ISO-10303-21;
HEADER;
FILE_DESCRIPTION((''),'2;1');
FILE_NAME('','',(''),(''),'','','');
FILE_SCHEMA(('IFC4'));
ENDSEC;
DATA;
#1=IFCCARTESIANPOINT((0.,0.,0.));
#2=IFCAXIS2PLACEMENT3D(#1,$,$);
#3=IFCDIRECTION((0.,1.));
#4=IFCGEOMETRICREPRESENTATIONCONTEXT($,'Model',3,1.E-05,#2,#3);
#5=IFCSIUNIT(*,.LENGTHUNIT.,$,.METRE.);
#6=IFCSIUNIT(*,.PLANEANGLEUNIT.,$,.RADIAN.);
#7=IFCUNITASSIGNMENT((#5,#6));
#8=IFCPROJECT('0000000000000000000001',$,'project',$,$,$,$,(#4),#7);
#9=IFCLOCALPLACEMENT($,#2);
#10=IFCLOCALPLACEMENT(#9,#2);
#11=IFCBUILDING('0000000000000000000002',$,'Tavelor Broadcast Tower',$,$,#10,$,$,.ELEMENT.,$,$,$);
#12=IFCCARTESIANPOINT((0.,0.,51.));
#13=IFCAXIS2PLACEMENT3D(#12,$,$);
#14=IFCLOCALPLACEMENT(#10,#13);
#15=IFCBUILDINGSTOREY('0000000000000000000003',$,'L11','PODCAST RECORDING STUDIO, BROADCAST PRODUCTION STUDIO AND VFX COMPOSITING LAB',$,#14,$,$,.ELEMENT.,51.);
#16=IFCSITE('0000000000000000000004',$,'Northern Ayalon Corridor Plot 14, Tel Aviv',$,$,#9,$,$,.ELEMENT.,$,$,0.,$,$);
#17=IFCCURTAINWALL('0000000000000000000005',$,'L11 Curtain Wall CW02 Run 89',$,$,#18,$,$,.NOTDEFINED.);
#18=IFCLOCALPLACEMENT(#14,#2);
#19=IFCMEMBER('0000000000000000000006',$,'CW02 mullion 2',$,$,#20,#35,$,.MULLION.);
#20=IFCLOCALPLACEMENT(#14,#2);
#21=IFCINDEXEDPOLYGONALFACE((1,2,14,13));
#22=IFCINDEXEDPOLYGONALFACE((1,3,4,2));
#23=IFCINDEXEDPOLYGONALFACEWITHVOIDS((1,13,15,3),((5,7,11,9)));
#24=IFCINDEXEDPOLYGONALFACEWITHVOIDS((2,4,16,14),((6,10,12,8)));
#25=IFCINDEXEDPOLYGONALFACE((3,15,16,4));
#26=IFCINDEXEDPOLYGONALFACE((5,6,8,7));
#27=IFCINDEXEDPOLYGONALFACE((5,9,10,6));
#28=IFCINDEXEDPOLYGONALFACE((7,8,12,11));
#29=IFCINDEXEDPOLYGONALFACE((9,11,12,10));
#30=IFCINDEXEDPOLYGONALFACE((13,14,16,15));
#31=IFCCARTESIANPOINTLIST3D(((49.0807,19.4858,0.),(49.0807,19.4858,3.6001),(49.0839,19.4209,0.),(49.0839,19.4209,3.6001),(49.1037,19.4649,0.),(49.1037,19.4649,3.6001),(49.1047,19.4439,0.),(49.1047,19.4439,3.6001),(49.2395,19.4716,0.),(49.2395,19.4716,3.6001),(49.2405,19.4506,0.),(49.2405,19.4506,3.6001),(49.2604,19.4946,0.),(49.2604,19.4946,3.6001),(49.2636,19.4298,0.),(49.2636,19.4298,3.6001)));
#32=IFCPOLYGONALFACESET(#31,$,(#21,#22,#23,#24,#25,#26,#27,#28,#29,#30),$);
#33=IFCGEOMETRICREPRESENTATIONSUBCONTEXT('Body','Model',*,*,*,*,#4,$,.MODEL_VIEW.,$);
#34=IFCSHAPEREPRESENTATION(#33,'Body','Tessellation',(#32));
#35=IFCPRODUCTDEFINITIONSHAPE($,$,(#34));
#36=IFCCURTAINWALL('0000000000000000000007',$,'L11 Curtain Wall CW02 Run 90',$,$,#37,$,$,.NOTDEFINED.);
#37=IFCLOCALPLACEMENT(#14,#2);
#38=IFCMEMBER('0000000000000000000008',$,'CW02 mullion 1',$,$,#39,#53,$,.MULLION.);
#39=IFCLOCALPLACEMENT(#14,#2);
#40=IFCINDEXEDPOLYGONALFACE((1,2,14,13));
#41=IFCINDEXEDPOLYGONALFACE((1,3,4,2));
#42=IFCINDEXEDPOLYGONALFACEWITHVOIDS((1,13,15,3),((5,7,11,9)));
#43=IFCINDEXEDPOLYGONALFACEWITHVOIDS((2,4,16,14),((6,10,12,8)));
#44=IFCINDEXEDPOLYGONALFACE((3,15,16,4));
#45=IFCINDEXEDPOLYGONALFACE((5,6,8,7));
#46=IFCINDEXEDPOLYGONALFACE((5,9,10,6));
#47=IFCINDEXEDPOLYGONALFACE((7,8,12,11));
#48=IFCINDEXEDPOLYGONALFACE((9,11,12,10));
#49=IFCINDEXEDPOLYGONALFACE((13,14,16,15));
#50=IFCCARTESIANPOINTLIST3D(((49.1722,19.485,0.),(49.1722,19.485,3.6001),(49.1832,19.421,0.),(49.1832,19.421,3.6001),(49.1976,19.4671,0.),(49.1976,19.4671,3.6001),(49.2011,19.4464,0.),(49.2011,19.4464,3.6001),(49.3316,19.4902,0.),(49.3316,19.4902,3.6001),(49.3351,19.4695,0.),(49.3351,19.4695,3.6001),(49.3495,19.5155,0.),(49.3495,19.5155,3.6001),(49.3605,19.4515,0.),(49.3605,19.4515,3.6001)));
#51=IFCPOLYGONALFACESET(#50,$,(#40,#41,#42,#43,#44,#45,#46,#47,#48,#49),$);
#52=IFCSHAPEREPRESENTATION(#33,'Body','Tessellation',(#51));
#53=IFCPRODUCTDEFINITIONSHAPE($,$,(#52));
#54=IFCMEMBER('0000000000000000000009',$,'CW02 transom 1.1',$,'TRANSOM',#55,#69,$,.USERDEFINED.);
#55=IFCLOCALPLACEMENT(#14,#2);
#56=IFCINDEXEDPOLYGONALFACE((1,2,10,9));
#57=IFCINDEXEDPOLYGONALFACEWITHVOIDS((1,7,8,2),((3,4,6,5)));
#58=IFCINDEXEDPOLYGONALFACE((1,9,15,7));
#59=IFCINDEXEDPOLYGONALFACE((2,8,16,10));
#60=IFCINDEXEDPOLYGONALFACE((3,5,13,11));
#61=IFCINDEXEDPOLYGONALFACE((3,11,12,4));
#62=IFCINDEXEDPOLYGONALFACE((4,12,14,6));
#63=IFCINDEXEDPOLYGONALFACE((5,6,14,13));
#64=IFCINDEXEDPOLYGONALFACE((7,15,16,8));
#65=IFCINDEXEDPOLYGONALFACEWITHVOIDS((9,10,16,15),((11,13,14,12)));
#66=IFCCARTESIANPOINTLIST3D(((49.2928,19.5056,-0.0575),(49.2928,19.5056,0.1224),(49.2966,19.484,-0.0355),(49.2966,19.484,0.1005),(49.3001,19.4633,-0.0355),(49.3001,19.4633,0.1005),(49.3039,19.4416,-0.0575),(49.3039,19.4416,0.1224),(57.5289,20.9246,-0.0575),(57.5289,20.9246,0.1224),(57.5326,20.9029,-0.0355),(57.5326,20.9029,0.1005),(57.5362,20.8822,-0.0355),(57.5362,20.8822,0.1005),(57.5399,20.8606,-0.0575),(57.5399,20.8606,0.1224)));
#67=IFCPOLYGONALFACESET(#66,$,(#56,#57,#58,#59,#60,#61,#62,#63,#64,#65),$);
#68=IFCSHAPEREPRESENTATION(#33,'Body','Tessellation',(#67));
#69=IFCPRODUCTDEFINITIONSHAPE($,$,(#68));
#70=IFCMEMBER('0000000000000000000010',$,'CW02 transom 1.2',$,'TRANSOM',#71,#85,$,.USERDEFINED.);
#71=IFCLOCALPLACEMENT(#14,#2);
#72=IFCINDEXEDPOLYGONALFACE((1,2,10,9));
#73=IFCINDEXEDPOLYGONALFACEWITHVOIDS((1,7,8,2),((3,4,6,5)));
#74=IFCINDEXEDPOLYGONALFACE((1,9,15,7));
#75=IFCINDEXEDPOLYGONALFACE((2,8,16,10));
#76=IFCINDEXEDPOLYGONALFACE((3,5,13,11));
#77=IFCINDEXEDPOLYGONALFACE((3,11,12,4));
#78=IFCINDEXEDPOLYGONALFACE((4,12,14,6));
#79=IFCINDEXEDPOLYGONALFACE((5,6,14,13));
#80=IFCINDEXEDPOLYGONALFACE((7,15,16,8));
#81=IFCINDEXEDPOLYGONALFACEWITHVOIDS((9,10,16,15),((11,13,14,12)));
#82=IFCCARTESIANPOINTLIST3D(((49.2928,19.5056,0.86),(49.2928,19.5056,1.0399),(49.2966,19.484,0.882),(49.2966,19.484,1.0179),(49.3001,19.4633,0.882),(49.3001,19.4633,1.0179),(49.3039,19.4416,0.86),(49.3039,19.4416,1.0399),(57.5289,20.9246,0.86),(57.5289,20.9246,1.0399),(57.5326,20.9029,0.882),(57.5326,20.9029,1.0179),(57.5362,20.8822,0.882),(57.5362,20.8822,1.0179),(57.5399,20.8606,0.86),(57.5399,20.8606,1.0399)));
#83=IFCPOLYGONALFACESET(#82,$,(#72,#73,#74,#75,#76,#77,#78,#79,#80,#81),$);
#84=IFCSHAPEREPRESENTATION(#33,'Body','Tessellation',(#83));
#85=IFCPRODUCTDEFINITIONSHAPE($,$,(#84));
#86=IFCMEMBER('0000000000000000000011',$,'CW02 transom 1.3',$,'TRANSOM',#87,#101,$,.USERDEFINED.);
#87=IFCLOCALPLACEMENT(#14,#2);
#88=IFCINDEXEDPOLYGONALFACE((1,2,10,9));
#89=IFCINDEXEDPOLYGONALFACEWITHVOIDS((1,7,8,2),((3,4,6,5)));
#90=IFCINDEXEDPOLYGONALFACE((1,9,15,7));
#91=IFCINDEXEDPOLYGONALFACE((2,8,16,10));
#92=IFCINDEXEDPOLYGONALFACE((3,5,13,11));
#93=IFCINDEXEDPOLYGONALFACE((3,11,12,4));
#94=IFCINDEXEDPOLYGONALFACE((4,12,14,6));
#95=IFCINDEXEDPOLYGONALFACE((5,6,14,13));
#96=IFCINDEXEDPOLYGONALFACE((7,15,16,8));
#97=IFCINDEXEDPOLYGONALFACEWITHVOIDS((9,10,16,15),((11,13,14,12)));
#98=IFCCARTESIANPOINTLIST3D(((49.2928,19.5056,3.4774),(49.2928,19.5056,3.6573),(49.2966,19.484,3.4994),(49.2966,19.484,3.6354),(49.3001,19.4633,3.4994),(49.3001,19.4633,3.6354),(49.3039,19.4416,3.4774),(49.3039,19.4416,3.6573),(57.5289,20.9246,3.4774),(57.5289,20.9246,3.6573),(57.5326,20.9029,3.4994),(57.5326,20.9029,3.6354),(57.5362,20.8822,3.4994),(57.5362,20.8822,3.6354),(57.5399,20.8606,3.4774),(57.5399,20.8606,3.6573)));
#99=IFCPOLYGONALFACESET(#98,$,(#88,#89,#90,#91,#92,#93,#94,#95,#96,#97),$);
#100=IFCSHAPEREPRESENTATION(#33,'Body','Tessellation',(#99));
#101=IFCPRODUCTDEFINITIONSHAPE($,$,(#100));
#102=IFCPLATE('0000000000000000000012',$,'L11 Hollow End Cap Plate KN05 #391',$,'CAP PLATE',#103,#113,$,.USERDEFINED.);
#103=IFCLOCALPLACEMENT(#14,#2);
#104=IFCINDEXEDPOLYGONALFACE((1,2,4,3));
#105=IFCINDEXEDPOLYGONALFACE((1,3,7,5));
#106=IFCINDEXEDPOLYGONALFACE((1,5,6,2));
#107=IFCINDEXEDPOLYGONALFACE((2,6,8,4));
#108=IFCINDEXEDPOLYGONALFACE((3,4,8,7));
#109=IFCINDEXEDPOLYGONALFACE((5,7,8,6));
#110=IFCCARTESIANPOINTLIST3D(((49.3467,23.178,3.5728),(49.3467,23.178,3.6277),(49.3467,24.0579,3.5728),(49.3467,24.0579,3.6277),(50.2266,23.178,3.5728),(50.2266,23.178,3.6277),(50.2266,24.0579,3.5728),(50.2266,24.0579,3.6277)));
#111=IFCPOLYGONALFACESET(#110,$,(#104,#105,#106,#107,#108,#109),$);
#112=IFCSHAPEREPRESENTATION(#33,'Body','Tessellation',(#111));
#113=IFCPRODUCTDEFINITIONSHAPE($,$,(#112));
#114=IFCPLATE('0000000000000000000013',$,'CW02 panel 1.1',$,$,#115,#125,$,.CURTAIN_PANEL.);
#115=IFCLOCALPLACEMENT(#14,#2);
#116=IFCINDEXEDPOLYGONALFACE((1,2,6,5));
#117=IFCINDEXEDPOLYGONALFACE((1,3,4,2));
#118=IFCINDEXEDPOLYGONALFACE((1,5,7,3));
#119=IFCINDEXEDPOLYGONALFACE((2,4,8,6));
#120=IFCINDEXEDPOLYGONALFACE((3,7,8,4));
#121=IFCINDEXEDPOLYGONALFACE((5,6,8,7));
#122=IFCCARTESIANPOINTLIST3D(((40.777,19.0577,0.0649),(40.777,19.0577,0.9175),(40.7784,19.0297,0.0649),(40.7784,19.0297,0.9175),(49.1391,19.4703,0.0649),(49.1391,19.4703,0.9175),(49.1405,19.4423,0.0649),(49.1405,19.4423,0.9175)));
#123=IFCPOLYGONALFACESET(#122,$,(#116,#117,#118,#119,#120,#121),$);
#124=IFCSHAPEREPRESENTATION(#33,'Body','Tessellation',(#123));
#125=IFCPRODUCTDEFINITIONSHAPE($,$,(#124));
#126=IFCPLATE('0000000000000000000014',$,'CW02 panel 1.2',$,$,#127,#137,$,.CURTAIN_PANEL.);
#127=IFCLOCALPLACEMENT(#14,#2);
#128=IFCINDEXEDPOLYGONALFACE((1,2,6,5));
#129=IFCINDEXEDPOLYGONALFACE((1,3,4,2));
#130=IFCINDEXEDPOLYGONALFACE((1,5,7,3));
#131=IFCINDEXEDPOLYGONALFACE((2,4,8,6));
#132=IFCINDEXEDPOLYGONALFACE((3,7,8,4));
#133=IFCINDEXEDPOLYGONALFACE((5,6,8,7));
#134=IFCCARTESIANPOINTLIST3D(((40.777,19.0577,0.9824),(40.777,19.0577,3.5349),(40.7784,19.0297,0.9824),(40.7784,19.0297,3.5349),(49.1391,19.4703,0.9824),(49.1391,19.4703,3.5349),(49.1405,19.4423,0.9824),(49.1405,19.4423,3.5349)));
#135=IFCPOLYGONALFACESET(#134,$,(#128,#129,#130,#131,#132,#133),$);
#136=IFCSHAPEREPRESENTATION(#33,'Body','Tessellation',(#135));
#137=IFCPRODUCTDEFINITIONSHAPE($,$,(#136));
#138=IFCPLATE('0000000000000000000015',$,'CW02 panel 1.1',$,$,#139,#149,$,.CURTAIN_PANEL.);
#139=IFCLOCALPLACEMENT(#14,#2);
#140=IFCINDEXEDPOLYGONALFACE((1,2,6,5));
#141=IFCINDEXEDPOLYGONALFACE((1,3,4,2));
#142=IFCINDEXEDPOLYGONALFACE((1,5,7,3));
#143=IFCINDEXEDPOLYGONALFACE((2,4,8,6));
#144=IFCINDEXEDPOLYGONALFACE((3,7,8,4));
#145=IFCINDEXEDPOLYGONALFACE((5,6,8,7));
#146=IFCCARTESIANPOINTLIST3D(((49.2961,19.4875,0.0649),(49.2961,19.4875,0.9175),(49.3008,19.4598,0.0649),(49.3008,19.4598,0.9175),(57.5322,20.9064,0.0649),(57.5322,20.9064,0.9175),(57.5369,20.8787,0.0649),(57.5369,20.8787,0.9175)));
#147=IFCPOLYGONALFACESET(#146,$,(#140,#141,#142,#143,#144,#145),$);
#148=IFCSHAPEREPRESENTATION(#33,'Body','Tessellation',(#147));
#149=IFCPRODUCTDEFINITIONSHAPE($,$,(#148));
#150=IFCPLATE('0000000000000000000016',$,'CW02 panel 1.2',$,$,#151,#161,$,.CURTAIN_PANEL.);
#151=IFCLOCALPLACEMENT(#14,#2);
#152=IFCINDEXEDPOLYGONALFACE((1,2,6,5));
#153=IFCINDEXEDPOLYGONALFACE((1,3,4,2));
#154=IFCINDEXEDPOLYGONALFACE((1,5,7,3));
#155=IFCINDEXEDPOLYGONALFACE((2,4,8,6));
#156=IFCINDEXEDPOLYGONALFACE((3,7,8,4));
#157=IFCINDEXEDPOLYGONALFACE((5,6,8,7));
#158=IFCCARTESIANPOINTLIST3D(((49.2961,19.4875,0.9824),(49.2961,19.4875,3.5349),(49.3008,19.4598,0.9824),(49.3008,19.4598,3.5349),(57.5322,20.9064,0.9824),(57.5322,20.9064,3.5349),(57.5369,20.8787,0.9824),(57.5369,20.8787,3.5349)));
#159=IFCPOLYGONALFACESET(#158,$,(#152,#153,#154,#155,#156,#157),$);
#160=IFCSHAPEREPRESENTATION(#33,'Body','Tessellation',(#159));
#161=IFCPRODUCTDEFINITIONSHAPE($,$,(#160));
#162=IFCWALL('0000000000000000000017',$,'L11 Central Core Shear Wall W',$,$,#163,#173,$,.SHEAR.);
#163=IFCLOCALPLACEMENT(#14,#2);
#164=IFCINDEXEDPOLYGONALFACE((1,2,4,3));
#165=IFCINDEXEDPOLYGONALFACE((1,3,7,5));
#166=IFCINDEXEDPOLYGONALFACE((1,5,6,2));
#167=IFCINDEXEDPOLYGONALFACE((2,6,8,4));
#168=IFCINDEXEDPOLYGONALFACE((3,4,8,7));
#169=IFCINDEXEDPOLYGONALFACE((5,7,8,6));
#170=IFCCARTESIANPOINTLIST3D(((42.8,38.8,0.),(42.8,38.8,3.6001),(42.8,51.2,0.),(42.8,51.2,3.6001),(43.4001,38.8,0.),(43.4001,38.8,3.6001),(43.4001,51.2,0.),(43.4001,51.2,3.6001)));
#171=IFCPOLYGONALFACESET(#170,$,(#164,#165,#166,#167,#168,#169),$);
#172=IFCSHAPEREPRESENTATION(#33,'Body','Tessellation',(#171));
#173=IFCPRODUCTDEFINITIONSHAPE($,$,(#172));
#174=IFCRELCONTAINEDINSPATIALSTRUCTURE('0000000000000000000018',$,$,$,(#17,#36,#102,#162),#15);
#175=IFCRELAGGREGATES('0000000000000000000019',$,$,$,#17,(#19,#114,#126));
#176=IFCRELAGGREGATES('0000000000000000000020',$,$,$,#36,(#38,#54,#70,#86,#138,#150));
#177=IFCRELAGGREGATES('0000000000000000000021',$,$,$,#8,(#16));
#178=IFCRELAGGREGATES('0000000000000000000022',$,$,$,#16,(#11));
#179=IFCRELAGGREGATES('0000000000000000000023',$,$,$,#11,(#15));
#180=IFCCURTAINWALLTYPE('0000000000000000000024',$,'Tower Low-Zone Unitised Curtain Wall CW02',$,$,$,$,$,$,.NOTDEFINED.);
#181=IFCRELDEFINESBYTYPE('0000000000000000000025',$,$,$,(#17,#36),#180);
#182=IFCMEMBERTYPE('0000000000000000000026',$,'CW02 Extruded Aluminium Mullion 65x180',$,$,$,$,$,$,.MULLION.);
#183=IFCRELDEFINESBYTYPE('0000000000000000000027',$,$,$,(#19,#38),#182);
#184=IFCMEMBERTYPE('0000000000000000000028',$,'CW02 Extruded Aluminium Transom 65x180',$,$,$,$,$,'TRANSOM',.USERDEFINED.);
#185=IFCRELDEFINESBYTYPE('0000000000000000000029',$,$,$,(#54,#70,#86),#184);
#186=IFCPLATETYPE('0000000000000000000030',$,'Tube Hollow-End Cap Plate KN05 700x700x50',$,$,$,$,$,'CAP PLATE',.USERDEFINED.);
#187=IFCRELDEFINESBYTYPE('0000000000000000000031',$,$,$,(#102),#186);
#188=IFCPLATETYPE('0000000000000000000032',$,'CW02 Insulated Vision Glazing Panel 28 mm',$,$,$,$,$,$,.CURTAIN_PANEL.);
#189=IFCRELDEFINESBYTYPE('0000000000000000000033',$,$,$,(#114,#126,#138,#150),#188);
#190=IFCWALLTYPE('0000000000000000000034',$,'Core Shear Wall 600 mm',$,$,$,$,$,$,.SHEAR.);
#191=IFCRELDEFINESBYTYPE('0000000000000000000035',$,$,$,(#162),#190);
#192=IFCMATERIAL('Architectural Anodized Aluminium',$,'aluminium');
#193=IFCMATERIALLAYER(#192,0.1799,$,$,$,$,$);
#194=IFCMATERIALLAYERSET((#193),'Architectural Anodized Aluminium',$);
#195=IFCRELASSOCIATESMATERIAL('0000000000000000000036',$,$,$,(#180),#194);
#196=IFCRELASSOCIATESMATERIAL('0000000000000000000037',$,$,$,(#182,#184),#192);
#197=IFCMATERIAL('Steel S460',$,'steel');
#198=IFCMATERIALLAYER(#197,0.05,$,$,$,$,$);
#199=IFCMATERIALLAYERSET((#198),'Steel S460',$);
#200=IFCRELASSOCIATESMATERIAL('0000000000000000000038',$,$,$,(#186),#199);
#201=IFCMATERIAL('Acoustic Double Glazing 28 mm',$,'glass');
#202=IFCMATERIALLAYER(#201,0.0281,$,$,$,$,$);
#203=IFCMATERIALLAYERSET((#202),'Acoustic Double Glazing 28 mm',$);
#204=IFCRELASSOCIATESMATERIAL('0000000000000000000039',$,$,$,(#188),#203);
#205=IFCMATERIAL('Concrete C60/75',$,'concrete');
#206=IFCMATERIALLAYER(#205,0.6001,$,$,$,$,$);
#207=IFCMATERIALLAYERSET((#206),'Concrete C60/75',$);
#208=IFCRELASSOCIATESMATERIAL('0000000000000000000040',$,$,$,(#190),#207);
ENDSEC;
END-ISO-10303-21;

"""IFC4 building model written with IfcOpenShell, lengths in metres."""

from ifc_helpers import new_model, si_unit, direction, frame, frame_2d, origin, origin_2d, place, context, subcontext, project, spatial, rectangle, hollow_rectangle, extrude, source, transform, mapped, material, layer, layer_set, material_profile, profile_set, type_object, type_shapes, element, aggregate, save


model = new_model("IFC4")

# Units and contexts
model_context = context("Model", 3, precision=1e-05, world=origin(), true_north=direction((0.0, 1.0)))
body_context = subcontext(model_context, "Body", "Model", "MODEL_VIEW")
ifc_project = project(units=[si_unit("LENGTHUNIT", "METRE"), si_unit("PLANEANGLEUNIT", "RADIAN")], contexts=[model_context])

# Site, building, storey
site_placement = place(None, origin())
site = spatial("IfcSite", under=ifc_project, at=site_placement, Name="Northern Ayalon Corridor Plot 14, Tel Aviv", CompositionType="ELEMENT", RefElevation=0.0)
building_placement = place(site_placement, origin())
building = spatial("IfcBuilding", under=site, at=building_placement, Name="Tavelor Broadcast Tower", CompositionType="ELEMENT")
storey_placement = place(building_placement, frame((0.0, 0.0, 51.0)))
storey = spatial("IfcBuildingStorey", under=building, at=storey_placement, Name="L11", Description="PODCAST RECORDING STUDIO, BROADCAST PRODUCTION STUDIO AND VFX COMPOSITING LAB", CompositionType="ELEMENT", Elevation=51.0)

# Shared definitions
ifc_material_1 = material(Name="Steel S460", Category="steel")

# Curtain wall, member
ifc_material_2 = material(Name="Architectural Anodized Aluminium", Category="aluminium")
ifc_layer_1 = layer(ifc_material_2, 0.1799)
ifc_layer_set_1 = layer_set([ifc_layer_1], Name="Architectural Anodized Aluminium")
curtain_wall_type = type_object("IfcCurtainWallType", Name="Tower Low-Zone Unitised Curtain Wall CW02", PredefinedType="NOTDEFINED", material=ifc_layer_set_1)
curtain_wall_1_placement = place(storey_placement, origin())
curtain_wall_1 = element("IfcCurtainWall", 1, at=curtain_wall_1_placement, inside=storey, type_object=curtain_wall_type, Name="L11 Curtain Wall CW02 Run 89", PredefinedType="NOTDEFINED")
ifc_material_profile_1 = material_profile(ifc_material_2, hollow_rectangle(XDim=0.0649, YDim=0.1799, WallThickness=0.022, at=origin_2d()), Name="RHS 65x180x22")
ifc_profile_set_1 = profile_set([ifc_material_profile_1], Name="Architectural Anodized Aluminium")
member_type_1 = type_object("IfcMemberType", Name="CW02 Extruded Aluminium Mullion 65x180", PredefinedType="MULLION", material=ifc_profile_set_1)
shared_shape_1 = source(origin(), body_context, "Body", "SweptSolid", [
    extrude(hollow_rectangle(XDim=0.0649, YDim=0.1799, WallThickness=0.022, at=origin_2d()), origin(), (0.0, 0.0, 1.0), 3.6001),
])
type_shapes(member_type_1, [shared_shape_1])
member_1_placement = place(storey_placement, frame((49.1721, 19.4578, 0.0), z_axis=(0.0, 0.0, 1.0), x_axis=(-0.049281, 0.998785, 0.0)))
member_1 = element("IfcMember", 2, at=member_1_placement, type_object=member_type_1, Name="CW02 mullion 2", PredefinedType="MULLION", context=body_context, shape_type="MappedRepresentation", body=[
    mapped(shared_shape_1, transform((0.0, 0.0, 0.0), scale=1.0)),
])

# Curtain wall, members
curtain_wall_2_placement = place(storey_placement, origin())
curtain_wall_2 = element("IfcCurtainWall", 3, at=curtain_wall_2_placement, inside=storey, type_object=curtain_wall_type, Name="L11 Curtain Wall CW02 Run 90", PredefinedType="NOTDEFINED")
member_2_placement = place(storey_placement, frame((49.2664, 19.4683, 0.0), z_axis=(0.0, 0.0, 1.0), x_axis=(-0.169783, 0.985482, 0.0)))
member_2 = element("IfcMember", 4, at=member_2_placement, type_object=member_type_1, Name="CW02 mullion 1", PredefinedType="MULLION", context=body_context, shape_type="MappedRepresentation", body=[
    mapped(shared_shape_1, transform((0.0, 0.0, 0.0), scale=1.0)),
])
ifc_material_profile_2 = material_profile(ifc_material_2, hollow_rectangle(XDim=0.0649, YDim=0.1799, WallThickness=0.022, at=origin_2d()), Name="RHS 65x180x22")
ifc_profile_set_2 = profile_set([ifc_material_profile_2], Name="Architectural Anodized Aluminium")
member_type_2 = type_object("IfcMemberType", Name="CW02 Extruded Aluminium Transom 65x180", ElementType="TRANSOM", PredefinedType="USERDEFINED", material=ifc_profile_set_2)
shared_shape_2 = source(origin(), body_context, "Body", "SweptSolid", [
    extrude(hollow_rectangle(XDim=0.0649, YDim=0.1799, WallThickness=0.022, at=origin_2d()), origin(), (0.0, 0.0, 1.0), 8.3574),
])
type_shapes(member_type_2, [shared_shape_2])
member_3_placement = place(storey_placement, frame((49.2983, 19.4736, 0.0325), z_axis=(0.985482, 0.169783, 0.0), x_axis=(-0.169783, 0.985482, 0.0)))
member_3 = element("IfcMember", 5, at=member_3_placement, type_object=member_type_2, Name="CW02 transom 1.1", ObjectType="TRANSOM", PredefinedType="USERDEFINED", context=body_context, shape_type="MappedRepresentation", body=[
    mapped(shared_shape_2, transform((0.0, 0.0, 0.0), scale=1.0)),
])
member_4_placement = place(storey_placement, frame((49.2983, 19.4736, 0.95), z_axis=(0.985482, 0.169783, 0.0), x_axis=(-0.169783, 0.985482, 0.0)))
member_4 = element("IfcMember", 6, at=member_4_placement, type_object=member_type_2, Name="CW02 transom 1.2", ObjectType="TRANSOM", PredefinedType="USERDEFINED", context=body_context, shape_type="MappedRepresentation", body=[
    mapped(shared_shape_2, transform((0.0, 0.0, 0.0), scale=1.0)),
])
member_5_placement = place(storey_placement, frame((49.2983, 19.4736, 3.5674), z_axis=(0.985482, 0.169783, 0.0), x_axis=(-0.169783, 0.985482, 0.0)))
member_5 = element("IfcMember", 7, at=member_5_placement, type_object=member_type_2, Name="CW02 transom 1.3", ObjectType="TRANSOM", PredefinedType="USERDEFINED", context=body_context, shape_type="MappedRepresentation", body=[
    mapped(shared_shape_2, transform((0.0, 0.0, 0.0), scale=1.0)),
])

# Plates
ifc_layer_2 = layer(ifc_material_1, 0.05)
ifc_layer_set_2 = layer_set([ifc_layer_2], Name="Steel S460")
plate_type_1 = type_object("IfcPlateType", Name="Tube Hollow-End Cap Plate KN05 700x700x50", ElementType="CAP PLATE", PredefinedType="USERDEFINED", material=ifc_layer_set_2)
shared_shape_3 = source(origin(), body_context, "Body", "SweptSolid", [
    extrude(rectangle(XDim=0.8799, YDim=0.8799, at=origin_2d()), origin(), (0.0, 0.0, 1.0), 0.0549),
])
type_shapes(plate_type_1, [shared_shape_3])
plate_1_placement = place(storey_placement, frame((49.7866, 23.6179, 3.5728), z_axis=(0.0, 0.0, 1.0), x_axis=(1.0, 0.0, 0.0)))
element("IfcPlate", 8, at=plate_1_placement, inside=storey, type_object=plate_type_1, Name="L11 Hollow End Cap Plate KN05 #391", ObjectType="CAP PLATE", PredefinedType="USERDEFINED", context=body_context, shape_type="MappedRepresentation", body=[
    mapped(shared_shape_3, transform((0.0, 0.0, 0.0), scale=1.0)),
])
ifc_material_3 = material(Name="Acoustic Double Glazing 28 mm", Category="glass")
ifc_layer_3 = layer(ifc_material_3, 0.0281)
ifc_layer_set_3 = layer_set([ifc_layer_3], Name="Acoustic Double Glazing 28 mm")
plate_type_2 = type_object("IfcPlateType", Name="CW02 Insulated Vision Glazing Panel 28 mm", PredefinedType="CURTAIN_PANEL", material=ifc_layer_set_3)
shared_shape_4 = source(origin(), body_context, "Body", "SweptSolid", [
    extrude(rectangle(XDim=8.3723, YDim=0.0281, at=origin_2d()), origin(), (0.0, 0.0, 1.0), 0.8525),
])
plate_2_placement = place(storey_placement, frame((44.9587, 19.25, 0.0649), z_axis=(0.0, 0.0, 1.0), x_axis=(0.998785, 0.049281, 0.0)))
plate_2 = element("IfcPlate", 9, at=plate_2_placement, type_object=plate_type_2, Name="CW02 panel 1.1", PredefinedType="CURTAIN_PANEL", context=body_context, shape_type="MappedRepresentation", body=[
    mapped(shared_shape_4, transform((0.0, 0.0, 0.0), scale=1.0)),
])
shared_shape_5 = source(origin(), body_context, "Body", "SweptSolid", [
    extrude(rectangle(XDim=8.3723, YDim=0.0281, at=origin_2d()), origin(), (0.0, 0.0, 1.0), 2.5525),
])
plate_3_placement = place(storey_placement, frame((44.9587, 19.25, 0.9824), z_axis=(0.0, 0.0, 1.0), x_axis=(0.998785, 0.049281, 0.0)))
plate_3 = element("IfcPlate", 10, at=plate_3_placement, type_object=plate_type_2, Name="CW02 panel 1.2", PredefinedType="CURTAIN_PANEL", context=body_context, shape_type="MappedRepresentation", body=[
    mapped(shared_shape_5, transform((0.0, 0.0, 0.0), scale=1.0)),
])
aggregate(curtain_wall_1, [member_1, plate_2, plate_3])
shared_shape_6 = source(origin(), body_context, "Body", "SweptSolid", [
    extrude(rectangle(XDim=8.3574, YDim=0.0281, at=origin_2d()), origin(), (0.0, 0.0, 1.0), 0.8525),
])
plate_4_placement = place(storey_placement, frame((53.4165, 20.1831, 0.0649), z_axis=(0.0, 0.0, 1.0), x_axis=(0.985482, 0.169783, 0.0)))
plate_4 = element("IfcPlate", 11, at=plate_4_placement, type_object=plate_type_2, Name="CW02 panel 1.1", PredefinedType="CURTAIN_PANEL", context=body_context, shape_type="MappedRepresentation", body=[
    mapped(shared_shape_6, transform((0.0, 0.0, 0.0), scale=1.0)),
])
shared_shape_7 = source(origin(), body_context, "Body", "SweptSolid", [
    extrude(rectangle(XDim=8.3574, YDim=0.0281, at=origin_2d()), origin(), (0.0, 0.0, 1.0), 2.5525),
])
type_shapes(plate_type_2, [shared_shape_4, shared_shape_5, shared_shape_6, shared_shape_7])
plate_5_placement = place(storey_placement, frame((53.4165, 20.1831, 0.9824), z_axis=(0.0, 0.0, 1.0), x_axis=(0.985482, 0.169783, 0.0)))
plate_5 = element("IfcPlate", 12, at=plate_5_placement, type_object=plate_type_2, Name="CW02 panel 1.2", PredefinedType="CURTAIN_PANEL", context=body_context, shape_type="MappedRepresentation", body=[
    mapped(shared_shape_7, transform((0.0, 0.0, 0.0), scale=1.0)),
])
aggregate(curtain_wall_2, [member_2, member_3, member_4, member_5, plate_4, plate_5])

# Wall
ifc_material_4 = material(Name="Concrete C60/75", Category="concrete")
ifc_layer_4 = layer(ifc_material_4, 0.6001)
ifc_layer_set_4 = layer_set([ifc_layer_4], Name="Concrete C60/75")
wall_type_1 = type_object("IfcWallType", Name="Core Shear Wall 600 mm", PredefinedType="SHEAR", material=ifc_layer_set_4)
wall_1_placement = place(storey_placement, frame((43.1001, 38.8, 0.0), z_axis=(0.0, 0.0, 1.0), x_axis=(0.0, 1.0, 0.0)))
element("IfcWall", 13, at=wall_1_placement, inside=storey, type_object=wall_type_1, Name="L11 Central Core Shear Wall W", PredefinedType="SHEAR", context=body_context, shape_type="SweptSolid", body=[
    extrude(rectangle(XDim=12.3999, YDim=0.6001, at=frame_2d((6.2, 0.0))), origin(), (0.0, 0.0, 1.0), 3.6001),
])

save(model, "model.ifc")
